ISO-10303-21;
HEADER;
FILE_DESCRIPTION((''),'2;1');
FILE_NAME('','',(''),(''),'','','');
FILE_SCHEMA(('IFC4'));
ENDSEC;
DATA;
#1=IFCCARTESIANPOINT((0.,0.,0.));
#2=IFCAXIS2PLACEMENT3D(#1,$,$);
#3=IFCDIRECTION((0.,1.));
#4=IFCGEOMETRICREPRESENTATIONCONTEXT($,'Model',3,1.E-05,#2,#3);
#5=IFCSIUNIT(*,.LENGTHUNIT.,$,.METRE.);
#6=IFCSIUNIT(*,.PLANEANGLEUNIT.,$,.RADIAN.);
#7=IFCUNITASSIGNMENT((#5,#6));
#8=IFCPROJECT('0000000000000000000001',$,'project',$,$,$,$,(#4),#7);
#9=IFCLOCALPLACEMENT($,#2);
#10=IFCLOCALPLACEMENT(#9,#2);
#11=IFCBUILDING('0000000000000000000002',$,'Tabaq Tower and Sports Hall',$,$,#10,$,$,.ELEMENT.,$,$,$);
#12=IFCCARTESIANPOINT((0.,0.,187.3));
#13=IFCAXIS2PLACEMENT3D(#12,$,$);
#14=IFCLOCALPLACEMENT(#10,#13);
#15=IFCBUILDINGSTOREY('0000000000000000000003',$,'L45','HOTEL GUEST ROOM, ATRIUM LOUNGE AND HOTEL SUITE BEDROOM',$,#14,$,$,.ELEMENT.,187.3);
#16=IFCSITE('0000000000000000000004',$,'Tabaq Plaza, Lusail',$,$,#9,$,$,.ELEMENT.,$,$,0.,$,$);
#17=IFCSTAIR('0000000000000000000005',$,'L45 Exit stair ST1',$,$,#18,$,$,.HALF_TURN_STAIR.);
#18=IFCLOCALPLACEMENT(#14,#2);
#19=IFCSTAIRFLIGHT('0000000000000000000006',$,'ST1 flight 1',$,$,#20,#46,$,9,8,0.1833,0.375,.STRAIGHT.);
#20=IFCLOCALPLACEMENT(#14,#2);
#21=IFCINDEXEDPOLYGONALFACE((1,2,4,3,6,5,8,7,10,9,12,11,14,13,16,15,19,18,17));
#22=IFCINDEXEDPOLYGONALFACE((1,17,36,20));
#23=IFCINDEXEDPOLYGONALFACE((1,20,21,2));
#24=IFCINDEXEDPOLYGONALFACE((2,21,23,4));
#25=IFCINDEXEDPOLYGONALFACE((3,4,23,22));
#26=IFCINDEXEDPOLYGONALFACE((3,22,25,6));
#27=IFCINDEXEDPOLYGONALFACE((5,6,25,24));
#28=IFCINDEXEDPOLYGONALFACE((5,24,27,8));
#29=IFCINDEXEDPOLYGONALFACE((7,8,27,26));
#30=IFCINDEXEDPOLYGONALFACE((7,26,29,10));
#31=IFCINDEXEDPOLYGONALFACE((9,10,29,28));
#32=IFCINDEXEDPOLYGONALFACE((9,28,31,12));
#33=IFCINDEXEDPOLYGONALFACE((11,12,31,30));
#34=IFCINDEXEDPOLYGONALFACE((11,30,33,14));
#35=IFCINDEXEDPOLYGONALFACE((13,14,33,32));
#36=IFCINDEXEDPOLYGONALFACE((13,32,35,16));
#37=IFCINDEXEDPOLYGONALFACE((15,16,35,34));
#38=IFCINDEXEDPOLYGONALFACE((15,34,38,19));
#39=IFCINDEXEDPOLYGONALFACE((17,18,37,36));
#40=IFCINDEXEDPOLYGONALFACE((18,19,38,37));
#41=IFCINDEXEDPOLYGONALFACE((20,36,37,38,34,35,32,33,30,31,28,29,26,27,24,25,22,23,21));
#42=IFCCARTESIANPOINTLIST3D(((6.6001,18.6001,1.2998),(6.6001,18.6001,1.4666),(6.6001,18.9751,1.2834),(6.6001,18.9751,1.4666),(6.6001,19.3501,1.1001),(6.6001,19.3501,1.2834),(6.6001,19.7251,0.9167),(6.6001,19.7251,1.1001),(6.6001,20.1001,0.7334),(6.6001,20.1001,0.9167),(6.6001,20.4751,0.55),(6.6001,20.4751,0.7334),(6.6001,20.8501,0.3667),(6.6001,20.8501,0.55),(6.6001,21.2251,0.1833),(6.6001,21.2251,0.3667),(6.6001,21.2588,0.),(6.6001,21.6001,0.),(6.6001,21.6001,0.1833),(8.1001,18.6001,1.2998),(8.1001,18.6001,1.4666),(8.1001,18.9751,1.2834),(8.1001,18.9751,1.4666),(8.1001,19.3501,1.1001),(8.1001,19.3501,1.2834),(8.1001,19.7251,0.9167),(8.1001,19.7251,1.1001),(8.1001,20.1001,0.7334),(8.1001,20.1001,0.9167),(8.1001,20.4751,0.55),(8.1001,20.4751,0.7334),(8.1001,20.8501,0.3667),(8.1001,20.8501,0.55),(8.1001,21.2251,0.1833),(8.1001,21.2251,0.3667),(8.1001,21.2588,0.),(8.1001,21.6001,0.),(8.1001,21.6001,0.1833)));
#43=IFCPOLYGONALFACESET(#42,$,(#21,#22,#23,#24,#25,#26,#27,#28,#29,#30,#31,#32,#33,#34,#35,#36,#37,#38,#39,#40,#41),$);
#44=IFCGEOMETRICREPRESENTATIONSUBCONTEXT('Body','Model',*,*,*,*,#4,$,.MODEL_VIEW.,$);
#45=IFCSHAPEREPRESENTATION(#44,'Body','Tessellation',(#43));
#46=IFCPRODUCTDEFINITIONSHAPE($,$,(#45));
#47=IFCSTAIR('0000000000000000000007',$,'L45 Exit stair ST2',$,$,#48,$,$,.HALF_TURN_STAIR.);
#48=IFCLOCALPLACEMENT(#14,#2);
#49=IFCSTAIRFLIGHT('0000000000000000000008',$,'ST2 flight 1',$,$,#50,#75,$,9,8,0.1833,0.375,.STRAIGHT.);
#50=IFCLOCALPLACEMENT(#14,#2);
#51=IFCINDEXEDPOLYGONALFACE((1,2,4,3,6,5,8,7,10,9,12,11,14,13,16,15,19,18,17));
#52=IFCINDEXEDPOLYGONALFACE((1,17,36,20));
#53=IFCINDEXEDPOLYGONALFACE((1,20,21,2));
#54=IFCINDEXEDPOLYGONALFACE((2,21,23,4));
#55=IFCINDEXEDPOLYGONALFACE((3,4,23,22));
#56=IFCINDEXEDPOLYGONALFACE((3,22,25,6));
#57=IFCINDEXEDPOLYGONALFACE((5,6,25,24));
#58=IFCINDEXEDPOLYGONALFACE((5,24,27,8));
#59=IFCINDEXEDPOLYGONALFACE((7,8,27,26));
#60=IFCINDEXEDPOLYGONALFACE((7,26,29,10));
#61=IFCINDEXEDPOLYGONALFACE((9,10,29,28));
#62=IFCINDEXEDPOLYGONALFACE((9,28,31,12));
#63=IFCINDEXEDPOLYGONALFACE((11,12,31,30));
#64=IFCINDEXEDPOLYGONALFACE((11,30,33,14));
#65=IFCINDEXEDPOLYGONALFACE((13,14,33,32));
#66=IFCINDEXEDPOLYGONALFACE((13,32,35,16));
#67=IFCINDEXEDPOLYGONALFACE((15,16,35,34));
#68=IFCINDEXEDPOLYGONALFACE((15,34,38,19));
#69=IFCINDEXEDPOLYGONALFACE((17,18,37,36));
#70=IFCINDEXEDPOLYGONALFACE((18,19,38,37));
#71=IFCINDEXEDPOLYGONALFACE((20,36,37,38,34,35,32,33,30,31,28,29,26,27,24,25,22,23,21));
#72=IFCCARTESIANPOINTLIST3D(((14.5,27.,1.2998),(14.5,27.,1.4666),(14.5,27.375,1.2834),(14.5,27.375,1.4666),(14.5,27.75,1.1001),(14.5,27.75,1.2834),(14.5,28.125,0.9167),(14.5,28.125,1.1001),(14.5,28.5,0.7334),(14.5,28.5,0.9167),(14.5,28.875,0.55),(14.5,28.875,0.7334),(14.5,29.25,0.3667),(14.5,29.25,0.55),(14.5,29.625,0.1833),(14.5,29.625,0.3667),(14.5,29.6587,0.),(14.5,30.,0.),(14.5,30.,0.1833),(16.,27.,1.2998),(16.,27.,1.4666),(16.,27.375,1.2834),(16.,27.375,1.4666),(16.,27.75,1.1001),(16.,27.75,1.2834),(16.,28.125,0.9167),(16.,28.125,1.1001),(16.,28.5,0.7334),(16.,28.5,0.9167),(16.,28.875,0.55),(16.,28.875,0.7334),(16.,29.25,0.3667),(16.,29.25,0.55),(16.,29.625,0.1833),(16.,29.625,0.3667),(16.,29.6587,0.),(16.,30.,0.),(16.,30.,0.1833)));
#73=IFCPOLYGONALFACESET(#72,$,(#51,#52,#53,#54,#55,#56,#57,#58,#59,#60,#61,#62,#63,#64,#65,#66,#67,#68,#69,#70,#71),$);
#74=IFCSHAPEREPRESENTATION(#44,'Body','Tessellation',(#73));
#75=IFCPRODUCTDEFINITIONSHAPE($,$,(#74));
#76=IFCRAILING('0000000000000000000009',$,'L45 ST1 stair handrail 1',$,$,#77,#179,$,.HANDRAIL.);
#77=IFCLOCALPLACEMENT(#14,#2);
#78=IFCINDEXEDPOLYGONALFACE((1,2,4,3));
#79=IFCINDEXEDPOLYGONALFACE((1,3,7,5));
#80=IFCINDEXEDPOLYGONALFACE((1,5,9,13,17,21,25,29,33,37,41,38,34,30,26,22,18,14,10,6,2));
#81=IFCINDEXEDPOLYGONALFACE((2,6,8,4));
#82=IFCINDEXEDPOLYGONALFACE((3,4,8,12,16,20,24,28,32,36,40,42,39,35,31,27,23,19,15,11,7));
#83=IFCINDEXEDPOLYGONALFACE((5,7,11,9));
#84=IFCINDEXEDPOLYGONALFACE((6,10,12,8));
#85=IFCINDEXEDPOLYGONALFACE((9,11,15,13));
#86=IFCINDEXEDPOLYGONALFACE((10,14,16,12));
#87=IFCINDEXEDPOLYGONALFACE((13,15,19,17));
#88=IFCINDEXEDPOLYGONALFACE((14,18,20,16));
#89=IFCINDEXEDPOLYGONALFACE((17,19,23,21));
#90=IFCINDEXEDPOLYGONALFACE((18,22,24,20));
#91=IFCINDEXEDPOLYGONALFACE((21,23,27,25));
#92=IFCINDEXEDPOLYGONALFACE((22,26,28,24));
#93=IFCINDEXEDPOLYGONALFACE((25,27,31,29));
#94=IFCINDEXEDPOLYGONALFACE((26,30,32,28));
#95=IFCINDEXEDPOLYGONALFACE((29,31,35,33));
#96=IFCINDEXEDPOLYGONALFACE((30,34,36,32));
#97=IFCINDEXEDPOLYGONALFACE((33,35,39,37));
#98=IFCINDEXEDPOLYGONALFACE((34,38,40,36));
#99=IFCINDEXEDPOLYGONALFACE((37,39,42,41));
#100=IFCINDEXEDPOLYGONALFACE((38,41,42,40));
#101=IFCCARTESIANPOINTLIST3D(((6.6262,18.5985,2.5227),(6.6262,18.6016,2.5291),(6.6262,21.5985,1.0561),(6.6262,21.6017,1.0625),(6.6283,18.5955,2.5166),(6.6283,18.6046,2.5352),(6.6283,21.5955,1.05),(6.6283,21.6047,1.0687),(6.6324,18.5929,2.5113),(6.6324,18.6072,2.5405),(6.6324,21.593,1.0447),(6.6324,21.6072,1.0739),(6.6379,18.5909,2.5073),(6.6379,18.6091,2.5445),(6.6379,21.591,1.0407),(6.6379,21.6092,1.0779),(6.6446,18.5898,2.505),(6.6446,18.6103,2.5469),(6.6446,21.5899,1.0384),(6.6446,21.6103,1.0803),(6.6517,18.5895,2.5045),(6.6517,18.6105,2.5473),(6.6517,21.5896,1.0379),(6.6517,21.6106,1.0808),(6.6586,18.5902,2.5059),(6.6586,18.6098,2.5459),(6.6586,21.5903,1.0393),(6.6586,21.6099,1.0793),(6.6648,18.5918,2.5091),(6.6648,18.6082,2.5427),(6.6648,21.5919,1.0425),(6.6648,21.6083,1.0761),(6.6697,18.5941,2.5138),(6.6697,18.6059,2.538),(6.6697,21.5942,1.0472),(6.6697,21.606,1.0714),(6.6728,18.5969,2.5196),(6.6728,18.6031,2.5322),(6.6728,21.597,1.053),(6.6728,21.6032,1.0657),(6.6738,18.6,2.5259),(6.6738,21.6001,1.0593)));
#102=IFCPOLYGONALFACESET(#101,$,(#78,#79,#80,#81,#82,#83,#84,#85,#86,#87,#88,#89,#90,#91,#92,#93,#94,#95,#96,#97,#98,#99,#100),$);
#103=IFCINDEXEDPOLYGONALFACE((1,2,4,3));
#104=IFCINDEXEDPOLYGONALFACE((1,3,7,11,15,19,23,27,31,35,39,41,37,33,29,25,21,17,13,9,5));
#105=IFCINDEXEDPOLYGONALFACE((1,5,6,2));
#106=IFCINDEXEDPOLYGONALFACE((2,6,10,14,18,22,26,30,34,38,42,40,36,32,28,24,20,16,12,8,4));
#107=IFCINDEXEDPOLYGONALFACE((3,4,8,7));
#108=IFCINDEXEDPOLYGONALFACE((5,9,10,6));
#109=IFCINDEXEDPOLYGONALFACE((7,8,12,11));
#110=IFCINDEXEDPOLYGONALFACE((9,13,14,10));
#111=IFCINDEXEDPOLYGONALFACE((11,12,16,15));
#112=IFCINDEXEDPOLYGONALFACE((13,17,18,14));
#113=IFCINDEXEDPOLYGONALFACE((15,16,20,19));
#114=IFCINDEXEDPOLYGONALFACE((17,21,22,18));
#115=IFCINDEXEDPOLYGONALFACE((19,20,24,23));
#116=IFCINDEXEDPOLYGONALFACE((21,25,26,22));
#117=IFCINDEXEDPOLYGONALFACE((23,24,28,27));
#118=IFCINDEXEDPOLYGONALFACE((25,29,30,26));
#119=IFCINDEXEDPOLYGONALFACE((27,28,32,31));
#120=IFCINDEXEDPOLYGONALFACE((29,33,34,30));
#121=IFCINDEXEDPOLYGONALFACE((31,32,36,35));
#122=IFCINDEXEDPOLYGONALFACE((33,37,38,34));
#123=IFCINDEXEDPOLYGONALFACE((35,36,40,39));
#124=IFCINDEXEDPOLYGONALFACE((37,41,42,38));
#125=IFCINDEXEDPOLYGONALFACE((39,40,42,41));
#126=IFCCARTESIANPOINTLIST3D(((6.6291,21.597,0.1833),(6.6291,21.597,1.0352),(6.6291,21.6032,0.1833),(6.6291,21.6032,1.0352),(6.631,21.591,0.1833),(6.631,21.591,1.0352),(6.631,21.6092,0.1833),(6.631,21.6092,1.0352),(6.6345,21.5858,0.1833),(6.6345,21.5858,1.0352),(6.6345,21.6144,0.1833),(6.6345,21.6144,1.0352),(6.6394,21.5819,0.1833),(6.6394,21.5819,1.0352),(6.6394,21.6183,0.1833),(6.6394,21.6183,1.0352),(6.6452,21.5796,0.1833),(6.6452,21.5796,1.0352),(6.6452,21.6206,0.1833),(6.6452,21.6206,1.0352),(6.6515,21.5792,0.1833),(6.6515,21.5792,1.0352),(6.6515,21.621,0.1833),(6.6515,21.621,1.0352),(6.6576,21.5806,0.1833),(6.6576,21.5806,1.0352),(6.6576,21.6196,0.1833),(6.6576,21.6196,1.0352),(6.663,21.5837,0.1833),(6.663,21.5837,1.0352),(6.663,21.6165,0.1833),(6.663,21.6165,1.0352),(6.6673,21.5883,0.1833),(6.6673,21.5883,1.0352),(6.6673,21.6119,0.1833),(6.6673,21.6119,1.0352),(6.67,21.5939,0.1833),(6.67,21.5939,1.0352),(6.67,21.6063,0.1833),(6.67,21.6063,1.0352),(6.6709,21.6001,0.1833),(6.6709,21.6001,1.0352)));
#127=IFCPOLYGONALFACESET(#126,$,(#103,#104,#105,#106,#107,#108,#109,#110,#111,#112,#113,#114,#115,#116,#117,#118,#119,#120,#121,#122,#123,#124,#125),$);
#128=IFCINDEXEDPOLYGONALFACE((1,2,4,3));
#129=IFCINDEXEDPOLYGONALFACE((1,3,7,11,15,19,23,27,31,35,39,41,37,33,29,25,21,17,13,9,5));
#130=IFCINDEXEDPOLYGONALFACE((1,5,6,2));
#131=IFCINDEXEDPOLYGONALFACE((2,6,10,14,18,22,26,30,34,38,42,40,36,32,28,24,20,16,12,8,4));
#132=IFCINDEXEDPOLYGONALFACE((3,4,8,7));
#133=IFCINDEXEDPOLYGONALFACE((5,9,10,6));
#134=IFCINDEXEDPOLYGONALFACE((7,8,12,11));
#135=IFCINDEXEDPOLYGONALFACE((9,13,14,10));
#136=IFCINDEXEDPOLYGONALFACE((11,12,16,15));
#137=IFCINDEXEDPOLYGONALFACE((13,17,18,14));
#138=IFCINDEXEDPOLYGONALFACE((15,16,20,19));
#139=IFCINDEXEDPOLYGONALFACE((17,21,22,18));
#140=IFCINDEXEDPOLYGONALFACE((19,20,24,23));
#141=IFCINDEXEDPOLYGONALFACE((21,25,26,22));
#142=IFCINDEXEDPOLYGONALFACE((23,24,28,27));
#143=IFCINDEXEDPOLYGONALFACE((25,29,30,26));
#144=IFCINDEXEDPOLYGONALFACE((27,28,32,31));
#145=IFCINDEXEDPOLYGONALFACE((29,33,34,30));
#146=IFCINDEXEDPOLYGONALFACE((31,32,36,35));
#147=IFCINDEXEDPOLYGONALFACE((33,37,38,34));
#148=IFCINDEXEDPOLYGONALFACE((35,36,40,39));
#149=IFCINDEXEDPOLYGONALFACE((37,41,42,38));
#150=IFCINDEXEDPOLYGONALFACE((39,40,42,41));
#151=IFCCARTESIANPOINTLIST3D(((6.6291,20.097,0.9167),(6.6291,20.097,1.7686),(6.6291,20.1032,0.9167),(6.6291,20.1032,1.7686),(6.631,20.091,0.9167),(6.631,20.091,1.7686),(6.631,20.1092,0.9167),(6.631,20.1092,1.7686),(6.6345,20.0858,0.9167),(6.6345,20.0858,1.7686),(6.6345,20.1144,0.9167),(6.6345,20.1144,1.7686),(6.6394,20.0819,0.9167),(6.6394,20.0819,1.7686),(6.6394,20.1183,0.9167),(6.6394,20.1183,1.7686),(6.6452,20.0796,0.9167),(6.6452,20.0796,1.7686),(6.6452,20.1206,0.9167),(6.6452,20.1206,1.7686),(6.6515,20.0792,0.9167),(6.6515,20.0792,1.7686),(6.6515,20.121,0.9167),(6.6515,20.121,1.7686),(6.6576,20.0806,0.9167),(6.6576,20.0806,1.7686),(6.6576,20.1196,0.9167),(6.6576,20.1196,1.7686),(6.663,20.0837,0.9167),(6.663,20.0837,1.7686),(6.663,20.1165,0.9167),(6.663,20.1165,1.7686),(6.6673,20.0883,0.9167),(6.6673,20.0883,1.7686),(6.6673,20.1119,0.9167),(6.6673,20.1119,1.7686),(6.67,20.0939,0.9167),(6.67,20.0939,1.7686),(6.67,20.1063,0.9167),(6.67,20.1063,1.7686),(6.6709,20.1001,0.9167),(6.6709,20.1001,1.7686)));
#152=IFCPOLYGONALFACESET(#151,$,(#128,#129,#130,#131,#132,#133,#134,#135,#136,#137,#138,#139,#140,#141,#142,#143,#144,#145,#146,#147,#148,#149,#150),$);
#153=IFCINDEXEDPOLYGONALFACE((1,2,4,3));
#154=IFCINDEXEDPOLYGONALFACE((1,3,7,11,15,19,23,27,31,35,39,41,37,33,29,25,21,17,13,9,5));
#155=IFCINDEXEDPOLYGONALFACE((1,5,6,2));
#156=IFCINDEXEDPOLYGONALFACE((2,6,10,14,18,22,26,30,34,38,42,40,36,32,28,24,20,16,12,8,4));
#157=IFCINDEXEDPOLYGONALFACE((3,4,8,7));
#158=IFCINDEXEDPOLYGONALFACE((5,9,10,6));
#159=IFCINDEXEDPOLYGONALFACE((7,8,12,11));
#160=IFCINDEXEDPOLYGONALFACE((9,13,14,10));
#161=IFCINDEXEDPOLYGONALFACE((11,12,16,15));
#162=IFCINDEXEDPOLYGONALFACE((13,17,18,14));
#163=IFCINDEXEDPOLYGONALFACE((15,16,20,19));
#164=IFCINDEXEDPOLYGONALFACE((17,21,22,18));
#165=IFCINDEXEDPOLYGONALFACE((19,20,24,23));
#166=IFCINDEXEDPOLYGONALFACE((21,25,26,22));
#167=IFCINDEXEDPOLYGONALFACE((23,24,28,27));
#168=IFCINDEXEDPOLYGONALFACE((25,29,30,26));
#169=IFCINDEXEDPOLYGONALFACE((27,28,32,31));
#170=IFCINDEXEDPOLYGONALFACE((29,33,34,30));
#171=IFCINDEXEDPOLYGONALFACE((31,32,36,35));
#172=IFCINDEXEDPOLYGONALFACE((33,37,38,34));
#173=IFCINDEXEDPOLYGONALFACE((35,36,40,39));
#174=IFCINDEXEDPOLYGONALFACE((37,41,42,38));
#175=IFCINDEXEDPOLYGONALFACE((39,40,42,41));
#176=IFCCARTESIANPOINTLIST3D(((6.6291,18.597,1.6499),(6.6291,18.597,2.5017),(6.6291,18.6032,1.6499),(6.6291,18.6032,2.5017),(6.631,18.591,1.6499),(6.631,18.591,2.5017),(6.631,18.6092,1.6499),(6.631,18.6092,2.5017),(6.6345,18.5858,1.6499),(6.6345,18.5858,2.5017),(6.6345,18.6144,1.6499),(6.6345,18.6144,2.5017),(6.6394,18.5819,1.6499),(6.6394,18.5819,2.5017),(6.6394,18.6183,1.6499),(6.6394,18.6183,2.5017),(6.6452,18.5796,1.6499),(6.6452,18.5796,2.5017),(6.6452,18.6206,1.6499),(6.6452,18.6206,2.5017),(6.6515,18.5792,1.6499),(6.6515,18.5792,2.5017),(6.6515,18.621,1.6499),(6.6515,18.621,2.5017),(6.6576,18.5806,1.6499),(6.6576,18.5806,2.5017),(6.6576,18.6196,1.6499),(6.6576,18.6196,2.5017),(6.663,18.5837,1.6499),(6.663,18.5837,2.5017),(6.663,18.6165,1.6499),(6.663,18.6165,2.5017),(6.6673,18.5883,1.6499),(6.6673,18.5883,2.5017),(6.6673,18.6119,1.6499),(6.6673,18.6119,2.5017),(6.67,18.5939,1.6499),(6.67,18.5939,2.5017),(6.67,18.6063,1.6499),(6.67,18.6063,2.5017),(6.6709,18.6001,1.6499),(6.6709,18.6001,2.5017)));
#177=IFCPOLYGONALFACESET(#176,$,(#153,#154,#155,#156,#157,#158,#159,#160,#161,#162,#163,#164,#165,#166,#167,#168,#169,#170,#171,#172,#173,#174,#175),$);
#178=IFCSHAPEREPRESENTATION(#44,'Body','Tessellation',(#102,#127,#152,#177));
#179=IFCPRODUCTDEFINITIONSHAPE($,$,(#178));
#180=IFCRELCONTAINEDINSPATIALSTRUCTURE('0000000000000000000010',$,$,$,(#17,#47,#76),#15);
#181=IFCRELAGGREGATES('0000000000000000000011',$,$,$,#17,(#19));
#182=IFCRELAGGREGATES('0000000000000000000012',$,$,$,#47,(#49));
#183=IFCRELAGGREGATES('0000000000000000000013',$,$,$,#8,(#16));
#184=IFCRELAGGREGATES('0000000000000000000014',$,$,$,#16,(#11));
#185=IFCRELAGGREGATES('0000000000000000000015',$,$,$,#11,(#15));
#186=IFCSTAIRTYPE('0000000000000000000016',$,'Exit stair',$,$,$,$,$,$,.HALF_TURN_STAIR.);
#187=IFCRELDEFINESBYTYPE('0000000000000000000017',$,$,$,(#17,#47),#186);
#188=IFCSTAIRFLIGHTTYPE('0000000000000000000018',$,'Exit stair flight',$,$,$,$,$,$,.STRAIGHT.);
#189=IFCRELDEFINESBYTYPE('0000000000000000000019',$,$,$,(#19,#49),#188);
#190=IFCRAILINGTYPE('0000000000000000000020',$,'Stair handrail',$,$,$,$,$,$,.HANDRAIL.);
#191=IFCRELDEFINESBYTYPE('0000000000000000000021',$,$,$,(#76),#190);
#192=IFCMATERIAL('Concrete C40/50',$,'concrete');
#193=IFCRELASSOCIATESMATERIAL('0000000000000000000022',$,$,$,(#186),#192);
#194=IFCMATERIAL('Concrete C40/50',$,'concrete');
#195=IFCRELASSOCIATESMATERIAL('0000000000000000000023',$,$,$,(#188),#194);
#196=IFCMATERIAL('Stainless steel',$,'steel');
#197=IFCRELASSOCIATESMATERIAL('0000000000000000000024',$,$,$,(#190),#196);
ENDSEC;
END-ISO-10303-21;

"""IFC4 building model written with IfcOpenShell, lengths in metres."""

from ifc_helpers import new_model, si_unit, direction, frame, origin, origin_2d, place, context, subcontext, project, spatial, polyline, circle, outline, extrude, material, type_object, element, aggregate, save


model = new_model("IFC4")

# Units and contexts
model_context = context("Model", 3, precision=1e-05, world=origin(), true_north=direction((0.0, 1.0)))
body_context = subcontext(model_context, "Body", "Model", "MODEL_VIEW")
ifc_project = project(units=[si_unit("LENGTHUNIT", "METRE"), si_unit("PLANEANGLEUNIT", "RADIAN")], contexts=[model_context])

# Site, building, storey
site_placement = place(None, origin())
site = spatial("IfcSite", under=ifc_project, at=site_placement, Name="Tabaq Plaza, Lusail", CompositionType="ELEMENT", RefElevation=0.0)
building_placement = place(site_placement, origin())
building = spatial("IfcBuilding", under=site, at=building_placement, Name="Tabaq Tower and Sports Hall", CompositionType="ELEMENT")
storey_placement = place(building_placement, frame((0.0, 0.0, 187.3)))
storey = spatial("IfcBuildingStorey", under=building, at=storey_placement, Name="L45", Description="HOTEL GUEST ROOM, ATRIUM LOUNGE AND HOTEL SUITE BEDROOM", CompositionType="ELEMENT", Elevation=187.3)

# Stairs, stair flights
ifc_material_1 = material(Name="Concrete C40/50", Category="concrete")
stair_type = type_object("IfcStairType", Name="Exit stair", PredefinedType="HALF_TURN_STAIR", material=ifc_material_1)
stair_1_placement = place(storey_placement, origin())
stair_1 = element("IfcStair", 1, at=stair_1_placement, inside=storey, type_object=stair_type, Name="L45 Exit stair ST1", PredefinedType="HALF_TURN_STAIR")
ifc_material_2 = material(Name="Concrete C40/50", Category="concrete")
stair_flight_type = type_object("IfcStairFlightType", Name="Exit stair flight", PredefinedType="STRAIGHT", material=ifc_material_2)
stair_flight_1_placement = place(storey_placement, frame((7.3501, 21.6001, 0.0), z_axis=(0.0, 0.0, 1.0), x_axis=(0.0, -1.0, 0.0)))
stair_flight_1 = element("IfcStairFlight", 2, at=stair_flight_1_placement, type_object=stair_flight_type, Name="ST1 flight 1", NumberOfRisers=9, NumberOfTreads=8, PredefinedType="STRAIGHT", RiserHeight=0.1833, TreadLength=0.375, context=body_context, shape_type="SweptSolid", body=[
    extrude(outline(polyline([(0.0, 0.0), (0.0, 0.1833), (0.375, 0.1833), (0.375, 0.3667), (0.75, 0.3667), (0.75, 0.55), (1.125, 0.55), (1.125, 0.7334), (1.5, 0.7334), (1.5, 0.9167), (1.875, 0.9167), (1.875, 1.1001), (2.25, 1.1001), (2.25, 1.2834), (2.625, 1.2834), (2.625, 1.4666), (3.0, 1.4666), (3.0, 1.6499), (3.0, 1.2998), (0.3413, 0.0), (0.0, 0.0)])), frame((0.0, 0.75, 0.0), z_axis=(0.0, -1.0, 0.0), x_axis=(1.0, 0.0, 0.0)), (0.0, 0.0, 1.0), 1.5),
])
aggregate(stair_1, [stair_flight_1])
stair_2_placement = place(storey_placement, origin())
stair_2 = element("IfcStair", 3, at=stair_2_placement, inside=storey, type_object=stair_type, Name="L45 Exit stair ST2", PredefinedType="HALF_TURN_STAIR")
stair_flight_2_placement = place(storey_placement, frame((15.25, 30.0, 0.0), z_axis=(0.0, 0.0, 1.0), x_axis=(0.0, -1.0, 0.0)))
stair_flight_2 = element("IfcStairFlight", 4, at=stair_flight_2_placement, type_object=stair_flight_type, Name="ST2 flight 1", NumberOfRisers=9, NumberOfTreads=8, PredefinedType="STRAIGHT", RiserHeight=0.1833, TreadLength=0.375, context=body_context, shape_type="SweptSolid", body=[
    extrude(outline(polyline([(0.0, 0.0), (0.0, 0.1833), (0.375, 0.1833), (0.375, 0.3667), (0.75, 0.3667), (0.75, 0.55), (1.125, 0.55), (1.125, 0.7334), (1.5, 0.7334), (1.5, 0.9167), (1.875, 0.9167), (1.875, 1.1001), (2.25, 1.1001), (2.25, 1.2834), (2.625, 1.2834), (2.625, 1.4666), (3.0, 1.4666), (3.0, 1.6499), (3.0, 1.2998), (0.3413, 0.0), (0.0, 0.0)])), frame((0.0, 0.75, 0.0), z_axis=(0.0, -1.0, 0.0), x_axis=(1.0, 0.0, 0.0)), (0.0, 0.0, 1.0), 1.5),
])
aggregate(stair_2, [stair_flight_2])

# Railing
ifc_material_3 = material(Name="Stainless steel", Category="steel")
railing_type_1 = type_object("IfcRailingType", Name="Stair handrail", PredefinedType="HANDRAIL", material=ifc_material_3)
for number, where, name in (
    (5, (6.6499, 21.6001, 0.1833), "L45 ST1 stair handrail 1"),
):
    element("IfcRailing", number, at=place(storey_placement, frame(where)), inside=storey, type_object=railing_type_1, Name=name, PredefinedType="HANDRAIL", context=body_context, shape_type="SweptSolid", body=[
        extrude(circle(Radius=0.0239, at=origin_2d()), frame((0.0, 0.0, 0.876), z_axis=(0.0, -0.898398, 0.439183), x_axis=(1.0, 0.0, 0.0)), (0.0, 0.0, 1.0), 3.3394),
        extrude(circle(Radius=0.021, at=origin_2d()), origin(), (0.0, 0.0, 1.0), 0.8518),
        extrude(circle(Radius=0.021, at=origin_2d()), frame((0.0, -1.5, 0.7334)), (0.0, 0.0, 1.0), 0.8518),
        extrude(circle(Radius=0.021, at=origin_2d()), frame((0.0, -3.0, 1.4666)), (0.0, 0.0, 1.0), 0.8518),
    ])

save(model, "model.ifc")
